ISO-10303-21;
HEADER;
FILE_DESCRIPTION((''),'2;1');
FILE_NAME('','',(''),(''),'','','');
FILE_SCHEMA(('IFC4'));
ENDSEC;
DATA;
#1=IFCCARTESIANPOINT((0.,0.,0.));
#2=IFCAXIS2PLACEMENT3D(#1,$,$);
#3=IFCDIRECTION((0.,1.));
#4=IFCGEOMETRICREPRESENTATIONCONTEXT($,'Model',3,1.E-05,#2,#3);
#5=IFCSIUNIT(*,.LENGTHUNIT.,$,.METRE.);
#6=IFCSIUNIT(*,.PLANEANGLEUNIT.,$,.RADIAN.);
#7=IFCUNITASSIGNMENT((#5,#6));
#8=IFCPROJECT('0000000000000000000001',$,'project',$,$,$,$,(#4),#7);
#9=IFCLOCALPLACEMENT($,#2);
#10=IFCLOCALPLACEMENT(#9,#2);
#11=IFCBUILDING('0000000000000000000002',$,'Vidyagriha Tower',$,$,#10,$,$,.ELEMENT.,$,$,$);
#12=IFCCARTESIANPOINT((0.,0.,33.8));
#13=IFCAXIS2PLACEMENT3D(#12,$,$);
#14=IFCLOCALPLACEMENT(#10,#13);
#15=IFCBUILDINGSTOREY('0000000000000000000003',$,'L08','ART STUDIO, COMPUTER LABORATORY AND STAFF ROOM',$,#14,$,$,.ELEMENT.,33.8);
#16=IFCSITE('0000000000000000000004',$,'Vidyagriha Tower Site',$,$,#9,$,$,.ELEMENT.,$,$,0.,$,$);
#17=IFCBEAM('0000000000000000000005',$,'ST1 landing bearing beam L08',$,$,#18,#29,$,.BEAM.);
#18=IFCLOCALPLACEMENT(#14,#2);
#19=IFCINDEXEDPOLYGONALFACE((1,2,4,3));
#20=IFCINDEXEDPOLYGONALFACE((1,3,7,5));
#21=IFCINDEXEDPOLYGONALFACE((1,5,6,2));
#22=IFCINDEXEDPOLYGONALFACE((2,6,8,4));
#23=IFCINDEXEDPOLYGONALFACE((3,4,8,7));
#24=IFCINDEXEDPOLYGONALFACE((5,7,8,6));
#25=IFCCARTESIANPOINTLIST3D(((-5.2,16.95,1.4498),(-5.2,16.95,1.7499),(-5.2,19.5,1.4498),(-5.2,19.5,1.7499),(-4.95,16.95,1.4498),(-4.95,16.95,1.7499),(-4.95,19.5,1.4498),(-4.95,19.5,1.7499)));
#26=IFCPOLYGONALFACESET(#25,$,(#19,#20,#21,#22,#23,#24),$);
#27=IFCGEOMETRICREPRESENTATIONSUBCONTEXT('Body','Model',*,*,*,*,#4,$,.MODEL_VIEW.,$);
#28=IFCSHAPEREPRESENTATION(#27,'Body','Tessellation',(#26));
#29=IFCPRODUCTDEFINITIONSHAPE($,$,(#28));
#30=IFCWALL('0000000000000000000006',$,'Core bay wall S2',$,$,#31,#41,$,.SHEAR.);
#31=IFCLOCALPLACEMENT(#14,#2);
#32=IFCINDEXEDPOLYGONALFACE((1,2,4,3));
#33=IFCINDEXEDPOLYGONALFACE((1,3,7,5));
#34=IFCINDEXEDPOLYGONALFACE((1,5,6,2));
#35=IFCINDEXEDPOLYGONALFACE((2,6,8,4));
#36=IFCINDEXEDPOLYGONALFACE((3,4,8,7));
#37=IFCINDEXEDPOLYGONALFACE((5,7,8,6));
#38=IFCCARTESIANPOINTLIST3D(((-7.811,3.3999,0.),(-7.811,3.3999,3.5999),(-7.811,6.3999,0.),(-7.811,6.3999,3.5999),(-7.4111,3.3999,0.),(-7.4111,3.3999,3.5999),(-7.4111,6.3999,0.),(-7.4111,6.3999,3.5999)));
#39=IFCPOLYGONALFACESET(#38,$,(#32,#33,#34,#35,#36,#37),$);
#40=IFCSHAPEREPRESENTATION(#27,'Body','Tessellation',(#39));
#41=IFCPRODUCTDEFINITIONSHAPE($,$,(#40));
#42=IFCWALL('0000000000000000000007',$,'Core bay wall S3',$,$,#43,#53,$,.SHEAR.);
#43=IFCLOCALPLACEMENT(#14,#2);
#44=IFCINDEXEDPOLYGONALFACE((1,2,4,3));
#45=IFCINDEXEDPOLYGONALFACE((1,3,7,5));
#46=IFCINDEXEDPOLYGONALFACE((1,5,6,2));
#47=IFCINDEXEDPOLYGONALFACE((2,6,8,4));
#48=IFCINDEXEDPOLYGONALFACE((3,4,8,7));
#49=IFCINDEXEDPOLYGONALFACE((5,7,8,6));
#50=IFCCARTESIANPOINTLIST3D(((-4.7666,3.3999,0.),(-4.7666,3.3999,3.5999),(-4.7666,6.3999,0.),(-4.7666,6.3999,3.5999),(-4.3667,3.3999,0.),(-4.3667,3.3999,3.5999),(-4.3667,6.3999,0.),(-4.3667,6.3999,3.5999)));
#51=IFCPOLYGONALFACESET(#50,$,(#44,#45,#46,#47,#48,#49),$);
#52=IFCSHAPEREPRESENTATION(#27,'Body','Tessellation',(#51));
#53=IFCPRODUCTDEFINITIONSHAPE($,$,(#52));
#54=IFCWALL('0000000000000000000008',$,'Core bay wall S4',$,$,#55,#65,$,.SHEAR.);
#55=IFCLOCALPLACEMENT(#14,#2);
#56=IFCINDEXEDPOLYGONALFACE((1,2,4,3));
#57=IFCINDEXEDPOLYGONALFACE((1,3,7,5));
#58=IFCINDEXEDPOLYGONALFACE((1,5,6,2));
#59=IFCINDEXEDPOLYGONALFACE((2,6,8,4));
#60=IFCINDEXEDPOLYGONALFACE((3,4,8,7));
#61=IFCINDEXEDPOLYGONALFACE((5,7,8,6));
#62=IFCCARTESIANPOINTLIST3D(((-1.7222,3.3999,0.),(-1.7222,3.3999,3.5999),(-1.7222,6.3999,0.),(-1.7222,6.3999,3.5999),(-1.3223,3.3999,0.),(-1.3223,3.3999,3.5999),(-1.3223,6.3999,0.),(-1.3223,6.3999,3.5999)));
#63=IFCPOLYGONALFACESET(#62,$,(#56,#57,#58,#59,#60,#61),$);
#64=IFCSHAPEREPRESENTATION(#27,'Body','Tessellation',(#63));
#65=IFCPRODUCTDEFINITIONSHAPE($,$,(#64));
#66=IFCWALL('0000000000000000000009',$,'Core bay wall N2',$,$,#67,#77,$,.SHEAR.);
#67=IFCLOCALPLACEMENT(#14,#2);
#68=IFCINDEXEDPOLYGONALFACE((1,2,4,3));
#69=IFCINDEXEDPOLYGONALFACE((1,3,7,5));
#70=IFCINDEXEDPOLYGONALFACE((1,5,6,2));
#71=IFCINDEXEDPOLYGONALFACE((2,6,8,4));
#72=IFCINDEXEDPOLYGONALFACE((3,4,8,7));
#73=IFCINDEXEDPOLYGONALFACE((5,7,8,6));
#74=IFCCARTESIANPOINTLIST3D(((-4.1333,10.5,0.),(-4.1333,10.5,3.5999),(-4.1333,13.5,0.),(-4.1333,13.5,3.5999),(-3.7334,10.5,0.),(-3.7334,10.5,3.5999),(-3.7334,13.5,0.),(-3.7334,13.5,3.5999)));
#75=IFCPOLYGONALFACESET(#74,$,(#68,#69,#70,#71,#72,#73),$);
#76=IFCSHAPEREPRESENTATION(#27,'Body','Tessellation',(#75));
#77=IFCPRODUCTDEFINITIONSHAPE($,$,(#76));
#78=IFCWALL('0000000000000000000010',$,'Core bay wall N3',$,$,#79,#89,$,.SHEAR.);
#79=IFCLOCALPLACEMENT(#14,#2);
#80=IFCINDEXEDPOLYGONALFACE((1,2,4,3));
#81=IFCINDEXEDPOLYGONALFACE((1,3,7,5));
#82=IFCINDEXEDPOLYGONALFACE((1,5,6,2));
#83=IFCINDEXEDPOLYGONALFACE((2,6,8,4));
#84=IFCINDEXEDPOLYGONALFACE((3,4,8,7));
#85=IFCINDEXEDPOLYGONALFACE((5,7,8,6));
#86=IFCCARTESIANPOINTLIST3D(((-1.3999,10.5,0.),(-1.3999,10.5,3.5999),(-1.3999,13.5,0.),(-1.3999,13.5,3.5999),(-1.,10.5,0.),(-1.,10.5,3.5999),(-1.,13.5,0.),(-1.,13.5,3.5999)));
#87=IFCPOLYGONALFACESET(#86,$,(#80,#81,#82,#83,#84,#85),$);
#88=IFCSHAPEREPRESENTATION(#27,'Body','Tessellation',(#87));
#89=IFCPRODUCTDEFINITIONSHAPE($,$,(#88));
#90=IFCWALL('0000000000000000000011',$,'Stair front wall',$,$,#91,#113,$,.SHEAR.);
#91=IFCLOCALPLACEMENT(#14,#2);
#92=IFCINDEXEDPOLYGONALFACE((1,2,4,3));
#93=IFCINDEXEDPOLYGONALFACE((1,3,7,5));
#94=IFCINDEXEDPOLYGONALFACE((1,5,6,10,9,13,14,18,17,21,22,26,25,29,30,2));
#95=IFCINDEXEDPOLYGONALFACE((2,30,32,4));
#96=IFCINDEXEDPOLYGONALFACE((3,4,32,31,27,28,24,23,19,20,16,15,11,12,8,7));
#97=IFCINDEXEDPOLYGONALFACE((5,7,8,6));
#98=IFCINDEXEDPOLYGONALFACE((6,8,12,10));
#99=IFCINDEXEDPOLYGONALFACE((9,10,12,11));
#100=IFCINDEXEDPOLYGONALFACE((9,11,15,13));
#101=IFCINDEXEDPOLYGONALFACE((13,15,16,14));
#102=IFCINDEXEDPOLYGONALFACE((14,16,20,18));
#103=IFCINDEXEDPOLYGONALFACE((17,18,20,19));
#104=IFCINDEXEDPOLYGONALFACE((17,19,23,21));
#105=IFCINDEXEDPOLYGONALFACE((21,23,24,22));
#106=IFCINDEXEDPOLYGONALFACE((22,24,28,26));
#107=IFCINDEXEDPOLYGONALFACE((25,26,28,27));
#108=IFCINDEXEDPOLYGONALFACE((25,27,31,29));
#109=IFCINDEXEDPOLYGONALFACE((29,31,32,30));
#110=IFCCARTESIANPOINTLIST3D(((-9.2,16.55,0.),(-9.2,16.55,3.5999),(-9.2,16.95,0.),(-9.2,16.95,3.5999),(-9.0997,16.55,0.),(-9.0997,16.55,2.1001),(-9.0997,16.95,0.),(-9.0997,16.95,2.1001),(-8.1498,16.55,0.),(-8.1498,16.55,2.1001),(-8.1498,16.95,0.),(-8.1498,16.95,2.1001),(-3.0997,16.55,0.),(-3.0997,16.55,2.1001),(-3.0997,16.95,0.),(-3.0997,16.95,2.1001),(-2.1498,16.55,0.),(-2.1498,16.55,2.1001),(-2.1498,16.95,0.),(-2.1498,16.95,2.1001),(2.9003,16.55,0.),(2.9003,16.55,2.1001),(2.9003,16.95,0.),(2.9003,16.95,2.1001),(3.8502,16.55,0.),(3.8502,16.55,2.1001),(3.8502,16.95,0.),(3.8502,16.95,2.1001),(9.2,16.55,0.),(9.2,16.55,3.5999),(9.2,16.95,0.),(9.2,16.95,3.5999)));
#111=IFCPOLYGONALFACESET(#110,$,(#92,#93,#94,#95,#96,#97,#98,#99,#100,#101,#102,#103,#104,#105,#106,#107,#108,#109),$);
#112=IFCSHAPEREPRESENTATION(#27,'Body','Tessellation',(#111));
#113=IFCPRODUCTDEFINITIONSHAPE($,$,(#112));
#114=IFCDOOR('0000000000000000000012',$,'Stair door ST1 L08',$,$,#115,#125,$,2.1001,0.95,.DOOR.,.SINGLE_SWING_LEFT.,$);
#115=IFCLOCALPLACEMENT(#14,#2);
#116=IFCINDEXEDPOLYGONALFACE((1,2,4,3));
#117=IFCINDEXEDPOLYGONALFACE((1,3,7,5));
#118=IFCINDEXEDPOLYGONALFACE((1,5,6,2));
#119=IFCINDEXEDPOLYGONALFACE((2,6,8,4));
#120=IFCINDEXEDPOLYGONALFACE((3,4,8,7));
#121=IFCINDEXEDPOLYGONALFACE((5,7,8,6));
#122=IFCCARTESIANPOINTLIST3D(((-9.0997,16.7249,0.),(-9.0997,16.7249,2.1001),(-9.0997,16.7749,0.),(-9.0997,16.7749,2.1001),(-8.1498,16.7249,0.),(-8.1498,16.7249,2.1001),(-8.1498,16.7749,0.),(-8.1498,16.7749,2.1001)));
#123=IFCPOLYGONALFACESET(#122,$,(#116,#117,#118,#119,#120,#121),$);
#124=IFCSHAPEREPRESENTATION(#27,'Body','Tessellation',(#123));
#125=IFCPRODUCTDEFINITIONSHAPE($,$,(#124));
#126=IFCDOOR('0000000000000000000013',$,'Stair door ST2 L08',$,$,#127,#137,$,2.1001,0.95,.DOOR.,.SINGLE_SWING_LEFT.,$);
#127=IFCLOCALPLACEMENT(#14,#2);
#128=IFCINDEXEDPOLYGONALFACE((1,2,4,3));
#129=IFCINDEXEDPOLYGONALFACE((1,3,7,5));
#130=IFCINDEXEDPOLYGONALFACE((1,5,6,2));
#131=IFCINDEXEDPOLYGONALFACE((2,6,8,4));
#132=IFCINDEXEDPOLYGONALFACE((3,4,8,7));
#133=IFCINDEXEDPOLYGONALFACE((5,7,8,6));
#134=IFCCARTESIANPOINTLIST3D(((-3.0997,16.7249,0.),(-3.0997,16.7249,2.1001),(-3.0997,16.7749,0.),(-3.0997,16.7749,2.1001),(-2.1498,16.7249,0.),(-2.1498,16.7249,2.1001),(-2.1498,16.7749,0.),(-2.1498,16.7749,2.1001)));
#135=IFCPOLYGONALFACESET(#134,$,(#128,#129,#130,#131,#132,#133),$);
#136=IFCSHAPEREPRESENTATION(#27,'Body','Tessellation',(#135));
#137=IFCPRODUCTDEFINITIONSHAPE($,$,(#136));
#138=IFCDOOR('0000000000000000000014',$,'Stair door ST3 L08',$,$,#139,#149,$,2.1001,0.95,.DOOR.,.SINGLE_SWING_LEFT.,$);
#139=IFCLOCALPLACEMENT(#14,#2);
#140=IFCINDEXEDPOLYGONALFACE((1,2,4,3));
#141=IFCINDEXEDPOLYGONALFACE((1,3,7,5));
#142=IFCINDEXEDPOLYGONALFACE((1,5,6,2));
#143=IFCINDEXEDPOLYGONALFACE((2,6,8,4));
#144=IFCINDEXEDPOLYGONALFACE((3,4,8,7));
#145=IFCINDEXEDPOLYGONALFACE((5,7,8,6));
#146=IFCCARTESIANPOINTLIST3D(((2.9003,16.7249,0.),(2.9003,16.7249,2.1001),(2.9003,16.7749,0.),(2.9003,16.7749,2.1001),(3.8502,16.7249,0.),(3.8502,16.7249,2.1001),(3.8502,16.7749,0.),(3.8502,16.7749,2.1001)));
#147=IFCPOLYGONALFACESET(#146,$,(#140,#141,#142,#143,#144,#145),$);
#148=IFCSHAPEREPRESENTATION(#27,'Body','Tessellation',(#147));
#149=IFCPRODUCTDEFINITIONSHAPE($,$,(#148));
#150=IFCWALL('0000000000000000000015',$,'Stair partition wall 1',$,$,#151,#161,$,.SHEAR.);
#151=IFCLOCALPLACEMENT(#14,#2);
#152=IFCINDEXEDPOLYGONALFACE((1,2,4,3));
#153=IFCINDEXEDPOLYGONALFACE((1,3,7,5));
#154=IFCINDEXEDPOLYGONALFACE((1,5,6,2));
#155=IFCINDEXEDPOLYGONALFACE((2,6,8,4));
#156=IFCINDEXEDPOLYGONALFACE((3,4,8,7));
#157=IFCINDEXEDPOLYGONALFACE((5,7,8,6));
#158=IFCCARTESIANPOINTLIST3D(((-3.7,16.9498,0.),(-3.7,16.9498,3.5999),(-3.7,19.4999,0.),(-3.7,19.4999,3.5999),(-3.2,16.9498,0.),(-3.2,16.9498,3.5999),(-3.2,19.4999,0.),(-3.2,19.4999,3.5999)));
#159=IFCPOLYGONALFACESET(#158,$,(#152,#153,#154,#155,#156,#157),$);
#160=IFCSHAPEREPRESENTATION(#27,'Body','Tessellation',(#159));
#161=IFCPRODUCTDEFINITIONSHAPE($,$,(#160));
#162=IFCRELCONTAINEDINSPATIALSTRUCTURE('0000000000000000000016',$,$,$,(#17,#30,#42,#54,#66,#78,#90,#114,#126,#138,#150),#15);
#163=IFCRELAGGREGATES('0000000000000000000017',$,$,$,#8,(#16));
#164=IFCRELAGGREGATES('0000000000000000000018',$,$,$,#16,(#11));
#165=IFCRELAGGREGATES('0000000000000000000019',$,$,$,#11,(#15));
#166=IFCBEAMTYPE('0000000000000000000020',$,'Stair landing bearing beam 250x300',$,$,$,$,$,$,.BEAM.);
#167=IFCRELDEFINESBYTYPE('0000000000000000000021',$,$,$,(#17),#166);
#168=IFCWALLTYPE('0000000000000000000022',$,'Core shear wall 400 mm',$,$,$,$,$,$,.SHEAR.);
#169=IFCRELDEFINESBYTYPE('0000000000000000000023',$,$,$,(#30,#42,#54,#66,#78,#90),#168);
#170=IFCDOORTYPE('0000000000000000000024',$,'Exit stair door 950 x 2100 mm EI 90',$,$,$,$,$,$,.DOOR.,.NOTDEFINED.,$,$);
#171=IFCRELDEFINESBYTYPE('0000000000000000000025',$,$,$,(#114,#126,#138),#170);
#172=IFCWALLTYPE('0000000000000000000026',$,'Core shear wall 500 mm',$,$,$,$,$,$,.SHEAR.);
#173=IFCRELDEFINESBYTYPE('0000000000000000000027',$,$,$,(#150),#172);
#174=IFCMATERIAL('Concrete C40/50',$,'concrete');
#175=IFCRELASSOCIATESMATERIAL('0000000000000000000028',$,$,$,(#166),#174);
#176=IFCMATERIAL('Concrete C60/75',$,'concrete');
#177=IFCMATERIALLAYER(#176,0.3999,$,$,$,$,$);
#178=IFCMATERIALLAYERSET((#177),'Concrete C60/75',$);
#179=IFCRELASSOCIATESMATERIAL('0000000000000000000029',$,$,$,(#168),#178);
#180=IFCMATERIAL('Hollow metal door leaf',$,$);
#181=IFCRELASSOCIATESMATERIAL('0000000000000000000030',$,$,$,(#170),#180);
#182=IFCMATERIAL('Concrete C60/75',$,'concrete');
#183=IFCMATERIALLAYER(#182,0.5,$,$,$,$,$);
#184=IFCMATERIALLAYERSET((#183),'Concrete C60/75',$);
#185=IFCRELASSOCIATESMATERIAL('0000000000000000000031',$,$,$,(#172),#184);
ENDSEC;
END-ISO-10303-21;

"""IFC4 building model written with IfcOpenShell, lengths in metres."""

from ifc_helpers import new_model, si_unit, direction, frame, frame_2d, origin, origin_2d, place, context, subcontext, project, spatial, rectangle, extrude, material, layer, layer_set, material_profile, profile_set, type_object, element, fill, save


model = new_model("IFC4")

# Units and contexts
model_context = context("Model", 3, precision=1e-05, world=origin(), true_north=direction((0.0, 1.0)))
body_context = subcontext(model_context, "Body", "Model", "MODEL_VIEW")
ifc_project = project(units=[si_unit("LENGTHUNIT", "METRE"), si_unit("PLANEANGLEUNIT", "RADIAN")], contexts=[model_context])

# Site, building, storey
site_placement = place(None, origin())
site = spatial("IfcSite", under=ifc_project, at=site_placement, Name="Vidyagriha Tower Site", CompositionType="ELEMENT", RefElevation=0.0)
building_placement = place(site_placement, origin())
building = spatial("IfcBuilding", under=site, at=building_placement, Name="Vidyagriha Tower", CompositionType="ELEMENT")
storey_placement = place(building_placement, frame((0.0, 0.0, 33.8)))
storey = spatial("IfcBuildingStorey", under=building, at=storey_placement, Name="L08", Description="ART STUDIO, COMPUTER LABORATORY AND STAFF ROOM", CompositionType="ELEMENT", Elevation=33.8)

# Beam
ifc_material_1 = material(Name="Concrete C40/50", Category="concrete")
ifc_material_profile = material_profile(ifc_material_1, rectangle(XDim=0.25, YDim=0.3, at=origin_2d()), Name="Stair landing bearing beam 250x300")
ifc_profile_set = profile_set([ifc_material_profile], Name="Concrete C40/50")
beam_type = type_object("IfcBeamType", Name="Stair landing bearing beam 250x300", PredefinedType="BEAM", material=ifc_profile_set)
beam_placement = place(storey_placement, frame((-5.075, 16.95, 1.5999), z_axis=(0.0, 1.0, 0.0), x_axis=(-1.0, 0.0, 0.0)))
element("IfcBeam", 1, at=beam_placement, inside=storey, type_object=beam_type, Name="ST1 landing bearing beam L08", PredefinedType="BEAM", context=body_context, shape_type="SweptSolid", body=[
    extrude(rectangle(XDim=0.25, YDim=0.3, at=origin_2d()), origin(), (0.0, 0.0, 1.0), 2.55),
])

# Walls
ifc_material_2 = material(Name="Concrete C60/75", Category="concrete")
ifc_layer_1 = layer(ifc_material_2, 0.3999)
ifc_layer_set_1 = layer_set([ifc_layer_1], Name="Concrete C60/75")
wall_type_1 = type_object("IfcWallType", Name="Core shear wall 400 mm", PredefinedType="SHEAR", material=ifc_layer_set_1)
for number, where, z_axis, x_axis, name in (
    (2, (-7.6111, 3.3999, 0.0), (0.0, 0.0, 1.0), (0.0, 1.0, 0.0), "Core bay wall S2"),
    (3, (-4.5667, 3.3999, 0.0), (0.0, 0.0, 1.0), (0.0, 1.0, 0.0), "Core bay wall S3"),
    (4, (-1.5222, 3.3999, 0.0), (0.0, 0.0, 1.0), (0.0, 1.0, 0.0), "Core bay wall S4"),
    (5, (-3.9333, 10.5, 0.0), (0.0, 0.0, 1.0), (0.0, 1.0, 0.0), "Core bay wall N2"),
    (6, (-1.2, 10.5, 0.0), (0.0, 0.0, 1.0), (0.0, 1.0, 0.0), "Core bay wall N3"),
):
    element("IfcWall", number, at=place(storey_placement, frame(where, z_axis=z_axis, x_axis=x_axis)), inside=storey, type_object=wall_type_1, Name=name, PredefinedType="SHEAR", context=body_context, shape_type="SweptSolid", body=[
        extrude(rectangle(XDim=3.0, YDim=0.3999, at=frame_2d((1.5, 0.0))), origin(), (0.0, 0.0, 1.0), 3.5999),
    ])

# Wall, openings, doors
wall_1_placement = place(storey_placement, frame((-9.2, 16.75, 0.0)))
wall_1 = element("IfcWall", 7, at=wall_1_placement, inside=storey, type_object=wall_type_1, Name="Stair front wall", PredefinedType="SHEAR", context=body_context, shape_type="SweptSolid", body=[
    extrude(rectangle(XDim=18.3999, YDim=0.3999, at=frame_2d((9.2, 0.0))), origin(), (0.0, 0.0, 1.0), 3.5999),
])
opening_1_placement = place(wall_1_placement, frame((0.1001, 0.0, 0.0)))
opening_1 = element("IfcOpeningElement", 8, at=opening_1_placement, cuts=wall_1, PredefinedType="OPENING", context=body_context, shape_type="SweptSolid", body=[
    extrude(rectangle(XDim=0.95, YDim=2.1001, at=frame_2d((0.4751, 1.05))), frame((0.0, 0.21, 0.0), z_axis=(0.0, -1.0, 0.0), x_axis=(1.0, 0.0, 0.0)), (0.0, 0.0, 1.0), 0.4199),
])
opening_2_placement = place(wall_1_placement, frame((6.1001, 0.0, 0.0)))
opening_2 = element("IfcOpeningElement", 9, at=opening_2_placement, cuts=wall_1, PredefinedType="OPENING", context=body_context, shape_type="SweptSolid", body=[
    extrude(rectangle(XDim=0.95, YDim=2.1001, at=frame_2d((0.4751, 1.05))), frame((0.0, 0.21, 0.0), z_axis=(0.0, -1.0, 0.0), x_axis=(1.0, 0.0, 0.0)), (0.0, 0.0, 1.0), 0.4199),
])
opening_3_placement = place(wall_1_placement, frame((12.1001, 0.0, 0.0)))
opening_3 = element("IfcOpeningElement", 10, at=opening_3_placement, cuts=wall_1, PredefinedType="OPENING", context=body_context, shape_type="SweptSolid", body=[
    extrude(rectangle(XDim=0.95, YDim=2.1001, at=frame_2d((0.4751, 1.05))), frame((0.0, 0.21, 0.0), z_axis=(0.0, -1.0, 0.0), x_axis=(1.0, 0.0, 0.0)), (0.0, 0.0, 1.0), 0.4199),
])
ifc_material_3 = material(Name="Hollow metal door leaf")
door_type = type_object("IfcDoorType", Name="Exit stair door 950 x 2100 mm EI 90", OperationType="NOTDEFINED", PredefinedType="DOOR", material=ifc_material_3)
door_1_placement = place(opening_1_placement, origin())
door_1 = element("IfcDoor", 11, at=door_1_placement, inside=storey, type_object=door_type, Name="Stair door ST1 L08", OperationType="SINGLE_SWING_LEFT", OverallHeight=2.1001, OverallWidth=0.95, PredefinedType="DOOR", context=body_context, shape_type="SweptSolid", body=[
    extrude(rectangle(XDim=0.95, YDim=2.1001, at=frame_2d((0.4751, 1.05))), frame((0.0, 0.0249, 0.0), z_axis=(0.0, -1.0, 0.0), x_axis=(1.0, 0.0, 0.0)), (0.0, 0.0, 1.0), 0.05),
])
fill(opening_1, door_1)
door_2_placement = place(opening_2_placement, origin())
door_2 = element("IfcDoor", 12, at=door_2_placement, inside=storey, type_object=door_type, Name="Stair door ST2 L08", OperationType="SINGLE_SWING_LEFT", OverallHeight=2.1001, OverallWidth=0.95, PredefinedType="DOOR", context=body_context, shape_type="SweptSolid", body=[
    extrude(rectangle(XDim=0.95, YDim=2.1001, at=frame_2d((0.4751, 1.05))), frame((0.0, 0.0249, 0.0), z_axis=(0.0, -1.0, 0.0), x_axis=(1.0, 0.0, 0.0)), (0.0, 0.0, 1.0), 0.05),
])
fill(opening_2, door_2)
door_3_placement = place(opening_3_placement, origin())
door_3 = element("IfcDoor", 13, at=door_3_placement, inside=storey, type_object=door_type, Name="Stair door ST3 L08", OperationType="SINGLE_SWING_LEFT", OverallHeight=2.1001, OverallWidth=0.95, PredefinedType="DOOR", context=body_context, shape_type="SweptSolid", body=[
    extrude(rectangle(XDim=0.95, YDim=2.1001, at=frame_2d((0.4751, 1.05))), frame((0.0, 0.0249, 0.0), z_axis=(0.0, -1.0, 0.0), x_axis=(1.0, 0.0, 0.0)), (0.0, 0.0, 1.0), 0.05),
])
fill(opening_3, door_3)

# Wall
ifc_material_4 = material(Name="Concrete C60/75", Category="concrete")
ifc_layer_2 = layer(ifc_material_4, 0.5)
ifc_layer_set_2 = layer_set([ifc_layer_2], Name="Concrete C60/75")
wall_type_2 = type_object("IfcWallType", Name="Core shear wall 500 mm", PredefinedType="SHEAR", material=ifc_layer_set_2)
wall_2_placement = place(storey_placement, frame((-3.45, 16.95, 0.0), z_axis=(0.0, 0.0, 1.0), x_axis=(0.0, 1.0, 0.0)))
element("IfcWall", 14, at=wall_2_placement, inside=storey, type_object=wall_type_2, Name="Stair partition wall 1", PredefinedType="SHEAR", context=body_context, shape_type="SweptSolid", body=[
    extrude(rectangle(XDim=2.55, YDim=0.5, at=frame_2d((1.2749, 0.0))), origin(), (0.0, 0.0, 1.0), 3.5999),
])

save(model, "model.ifc")
